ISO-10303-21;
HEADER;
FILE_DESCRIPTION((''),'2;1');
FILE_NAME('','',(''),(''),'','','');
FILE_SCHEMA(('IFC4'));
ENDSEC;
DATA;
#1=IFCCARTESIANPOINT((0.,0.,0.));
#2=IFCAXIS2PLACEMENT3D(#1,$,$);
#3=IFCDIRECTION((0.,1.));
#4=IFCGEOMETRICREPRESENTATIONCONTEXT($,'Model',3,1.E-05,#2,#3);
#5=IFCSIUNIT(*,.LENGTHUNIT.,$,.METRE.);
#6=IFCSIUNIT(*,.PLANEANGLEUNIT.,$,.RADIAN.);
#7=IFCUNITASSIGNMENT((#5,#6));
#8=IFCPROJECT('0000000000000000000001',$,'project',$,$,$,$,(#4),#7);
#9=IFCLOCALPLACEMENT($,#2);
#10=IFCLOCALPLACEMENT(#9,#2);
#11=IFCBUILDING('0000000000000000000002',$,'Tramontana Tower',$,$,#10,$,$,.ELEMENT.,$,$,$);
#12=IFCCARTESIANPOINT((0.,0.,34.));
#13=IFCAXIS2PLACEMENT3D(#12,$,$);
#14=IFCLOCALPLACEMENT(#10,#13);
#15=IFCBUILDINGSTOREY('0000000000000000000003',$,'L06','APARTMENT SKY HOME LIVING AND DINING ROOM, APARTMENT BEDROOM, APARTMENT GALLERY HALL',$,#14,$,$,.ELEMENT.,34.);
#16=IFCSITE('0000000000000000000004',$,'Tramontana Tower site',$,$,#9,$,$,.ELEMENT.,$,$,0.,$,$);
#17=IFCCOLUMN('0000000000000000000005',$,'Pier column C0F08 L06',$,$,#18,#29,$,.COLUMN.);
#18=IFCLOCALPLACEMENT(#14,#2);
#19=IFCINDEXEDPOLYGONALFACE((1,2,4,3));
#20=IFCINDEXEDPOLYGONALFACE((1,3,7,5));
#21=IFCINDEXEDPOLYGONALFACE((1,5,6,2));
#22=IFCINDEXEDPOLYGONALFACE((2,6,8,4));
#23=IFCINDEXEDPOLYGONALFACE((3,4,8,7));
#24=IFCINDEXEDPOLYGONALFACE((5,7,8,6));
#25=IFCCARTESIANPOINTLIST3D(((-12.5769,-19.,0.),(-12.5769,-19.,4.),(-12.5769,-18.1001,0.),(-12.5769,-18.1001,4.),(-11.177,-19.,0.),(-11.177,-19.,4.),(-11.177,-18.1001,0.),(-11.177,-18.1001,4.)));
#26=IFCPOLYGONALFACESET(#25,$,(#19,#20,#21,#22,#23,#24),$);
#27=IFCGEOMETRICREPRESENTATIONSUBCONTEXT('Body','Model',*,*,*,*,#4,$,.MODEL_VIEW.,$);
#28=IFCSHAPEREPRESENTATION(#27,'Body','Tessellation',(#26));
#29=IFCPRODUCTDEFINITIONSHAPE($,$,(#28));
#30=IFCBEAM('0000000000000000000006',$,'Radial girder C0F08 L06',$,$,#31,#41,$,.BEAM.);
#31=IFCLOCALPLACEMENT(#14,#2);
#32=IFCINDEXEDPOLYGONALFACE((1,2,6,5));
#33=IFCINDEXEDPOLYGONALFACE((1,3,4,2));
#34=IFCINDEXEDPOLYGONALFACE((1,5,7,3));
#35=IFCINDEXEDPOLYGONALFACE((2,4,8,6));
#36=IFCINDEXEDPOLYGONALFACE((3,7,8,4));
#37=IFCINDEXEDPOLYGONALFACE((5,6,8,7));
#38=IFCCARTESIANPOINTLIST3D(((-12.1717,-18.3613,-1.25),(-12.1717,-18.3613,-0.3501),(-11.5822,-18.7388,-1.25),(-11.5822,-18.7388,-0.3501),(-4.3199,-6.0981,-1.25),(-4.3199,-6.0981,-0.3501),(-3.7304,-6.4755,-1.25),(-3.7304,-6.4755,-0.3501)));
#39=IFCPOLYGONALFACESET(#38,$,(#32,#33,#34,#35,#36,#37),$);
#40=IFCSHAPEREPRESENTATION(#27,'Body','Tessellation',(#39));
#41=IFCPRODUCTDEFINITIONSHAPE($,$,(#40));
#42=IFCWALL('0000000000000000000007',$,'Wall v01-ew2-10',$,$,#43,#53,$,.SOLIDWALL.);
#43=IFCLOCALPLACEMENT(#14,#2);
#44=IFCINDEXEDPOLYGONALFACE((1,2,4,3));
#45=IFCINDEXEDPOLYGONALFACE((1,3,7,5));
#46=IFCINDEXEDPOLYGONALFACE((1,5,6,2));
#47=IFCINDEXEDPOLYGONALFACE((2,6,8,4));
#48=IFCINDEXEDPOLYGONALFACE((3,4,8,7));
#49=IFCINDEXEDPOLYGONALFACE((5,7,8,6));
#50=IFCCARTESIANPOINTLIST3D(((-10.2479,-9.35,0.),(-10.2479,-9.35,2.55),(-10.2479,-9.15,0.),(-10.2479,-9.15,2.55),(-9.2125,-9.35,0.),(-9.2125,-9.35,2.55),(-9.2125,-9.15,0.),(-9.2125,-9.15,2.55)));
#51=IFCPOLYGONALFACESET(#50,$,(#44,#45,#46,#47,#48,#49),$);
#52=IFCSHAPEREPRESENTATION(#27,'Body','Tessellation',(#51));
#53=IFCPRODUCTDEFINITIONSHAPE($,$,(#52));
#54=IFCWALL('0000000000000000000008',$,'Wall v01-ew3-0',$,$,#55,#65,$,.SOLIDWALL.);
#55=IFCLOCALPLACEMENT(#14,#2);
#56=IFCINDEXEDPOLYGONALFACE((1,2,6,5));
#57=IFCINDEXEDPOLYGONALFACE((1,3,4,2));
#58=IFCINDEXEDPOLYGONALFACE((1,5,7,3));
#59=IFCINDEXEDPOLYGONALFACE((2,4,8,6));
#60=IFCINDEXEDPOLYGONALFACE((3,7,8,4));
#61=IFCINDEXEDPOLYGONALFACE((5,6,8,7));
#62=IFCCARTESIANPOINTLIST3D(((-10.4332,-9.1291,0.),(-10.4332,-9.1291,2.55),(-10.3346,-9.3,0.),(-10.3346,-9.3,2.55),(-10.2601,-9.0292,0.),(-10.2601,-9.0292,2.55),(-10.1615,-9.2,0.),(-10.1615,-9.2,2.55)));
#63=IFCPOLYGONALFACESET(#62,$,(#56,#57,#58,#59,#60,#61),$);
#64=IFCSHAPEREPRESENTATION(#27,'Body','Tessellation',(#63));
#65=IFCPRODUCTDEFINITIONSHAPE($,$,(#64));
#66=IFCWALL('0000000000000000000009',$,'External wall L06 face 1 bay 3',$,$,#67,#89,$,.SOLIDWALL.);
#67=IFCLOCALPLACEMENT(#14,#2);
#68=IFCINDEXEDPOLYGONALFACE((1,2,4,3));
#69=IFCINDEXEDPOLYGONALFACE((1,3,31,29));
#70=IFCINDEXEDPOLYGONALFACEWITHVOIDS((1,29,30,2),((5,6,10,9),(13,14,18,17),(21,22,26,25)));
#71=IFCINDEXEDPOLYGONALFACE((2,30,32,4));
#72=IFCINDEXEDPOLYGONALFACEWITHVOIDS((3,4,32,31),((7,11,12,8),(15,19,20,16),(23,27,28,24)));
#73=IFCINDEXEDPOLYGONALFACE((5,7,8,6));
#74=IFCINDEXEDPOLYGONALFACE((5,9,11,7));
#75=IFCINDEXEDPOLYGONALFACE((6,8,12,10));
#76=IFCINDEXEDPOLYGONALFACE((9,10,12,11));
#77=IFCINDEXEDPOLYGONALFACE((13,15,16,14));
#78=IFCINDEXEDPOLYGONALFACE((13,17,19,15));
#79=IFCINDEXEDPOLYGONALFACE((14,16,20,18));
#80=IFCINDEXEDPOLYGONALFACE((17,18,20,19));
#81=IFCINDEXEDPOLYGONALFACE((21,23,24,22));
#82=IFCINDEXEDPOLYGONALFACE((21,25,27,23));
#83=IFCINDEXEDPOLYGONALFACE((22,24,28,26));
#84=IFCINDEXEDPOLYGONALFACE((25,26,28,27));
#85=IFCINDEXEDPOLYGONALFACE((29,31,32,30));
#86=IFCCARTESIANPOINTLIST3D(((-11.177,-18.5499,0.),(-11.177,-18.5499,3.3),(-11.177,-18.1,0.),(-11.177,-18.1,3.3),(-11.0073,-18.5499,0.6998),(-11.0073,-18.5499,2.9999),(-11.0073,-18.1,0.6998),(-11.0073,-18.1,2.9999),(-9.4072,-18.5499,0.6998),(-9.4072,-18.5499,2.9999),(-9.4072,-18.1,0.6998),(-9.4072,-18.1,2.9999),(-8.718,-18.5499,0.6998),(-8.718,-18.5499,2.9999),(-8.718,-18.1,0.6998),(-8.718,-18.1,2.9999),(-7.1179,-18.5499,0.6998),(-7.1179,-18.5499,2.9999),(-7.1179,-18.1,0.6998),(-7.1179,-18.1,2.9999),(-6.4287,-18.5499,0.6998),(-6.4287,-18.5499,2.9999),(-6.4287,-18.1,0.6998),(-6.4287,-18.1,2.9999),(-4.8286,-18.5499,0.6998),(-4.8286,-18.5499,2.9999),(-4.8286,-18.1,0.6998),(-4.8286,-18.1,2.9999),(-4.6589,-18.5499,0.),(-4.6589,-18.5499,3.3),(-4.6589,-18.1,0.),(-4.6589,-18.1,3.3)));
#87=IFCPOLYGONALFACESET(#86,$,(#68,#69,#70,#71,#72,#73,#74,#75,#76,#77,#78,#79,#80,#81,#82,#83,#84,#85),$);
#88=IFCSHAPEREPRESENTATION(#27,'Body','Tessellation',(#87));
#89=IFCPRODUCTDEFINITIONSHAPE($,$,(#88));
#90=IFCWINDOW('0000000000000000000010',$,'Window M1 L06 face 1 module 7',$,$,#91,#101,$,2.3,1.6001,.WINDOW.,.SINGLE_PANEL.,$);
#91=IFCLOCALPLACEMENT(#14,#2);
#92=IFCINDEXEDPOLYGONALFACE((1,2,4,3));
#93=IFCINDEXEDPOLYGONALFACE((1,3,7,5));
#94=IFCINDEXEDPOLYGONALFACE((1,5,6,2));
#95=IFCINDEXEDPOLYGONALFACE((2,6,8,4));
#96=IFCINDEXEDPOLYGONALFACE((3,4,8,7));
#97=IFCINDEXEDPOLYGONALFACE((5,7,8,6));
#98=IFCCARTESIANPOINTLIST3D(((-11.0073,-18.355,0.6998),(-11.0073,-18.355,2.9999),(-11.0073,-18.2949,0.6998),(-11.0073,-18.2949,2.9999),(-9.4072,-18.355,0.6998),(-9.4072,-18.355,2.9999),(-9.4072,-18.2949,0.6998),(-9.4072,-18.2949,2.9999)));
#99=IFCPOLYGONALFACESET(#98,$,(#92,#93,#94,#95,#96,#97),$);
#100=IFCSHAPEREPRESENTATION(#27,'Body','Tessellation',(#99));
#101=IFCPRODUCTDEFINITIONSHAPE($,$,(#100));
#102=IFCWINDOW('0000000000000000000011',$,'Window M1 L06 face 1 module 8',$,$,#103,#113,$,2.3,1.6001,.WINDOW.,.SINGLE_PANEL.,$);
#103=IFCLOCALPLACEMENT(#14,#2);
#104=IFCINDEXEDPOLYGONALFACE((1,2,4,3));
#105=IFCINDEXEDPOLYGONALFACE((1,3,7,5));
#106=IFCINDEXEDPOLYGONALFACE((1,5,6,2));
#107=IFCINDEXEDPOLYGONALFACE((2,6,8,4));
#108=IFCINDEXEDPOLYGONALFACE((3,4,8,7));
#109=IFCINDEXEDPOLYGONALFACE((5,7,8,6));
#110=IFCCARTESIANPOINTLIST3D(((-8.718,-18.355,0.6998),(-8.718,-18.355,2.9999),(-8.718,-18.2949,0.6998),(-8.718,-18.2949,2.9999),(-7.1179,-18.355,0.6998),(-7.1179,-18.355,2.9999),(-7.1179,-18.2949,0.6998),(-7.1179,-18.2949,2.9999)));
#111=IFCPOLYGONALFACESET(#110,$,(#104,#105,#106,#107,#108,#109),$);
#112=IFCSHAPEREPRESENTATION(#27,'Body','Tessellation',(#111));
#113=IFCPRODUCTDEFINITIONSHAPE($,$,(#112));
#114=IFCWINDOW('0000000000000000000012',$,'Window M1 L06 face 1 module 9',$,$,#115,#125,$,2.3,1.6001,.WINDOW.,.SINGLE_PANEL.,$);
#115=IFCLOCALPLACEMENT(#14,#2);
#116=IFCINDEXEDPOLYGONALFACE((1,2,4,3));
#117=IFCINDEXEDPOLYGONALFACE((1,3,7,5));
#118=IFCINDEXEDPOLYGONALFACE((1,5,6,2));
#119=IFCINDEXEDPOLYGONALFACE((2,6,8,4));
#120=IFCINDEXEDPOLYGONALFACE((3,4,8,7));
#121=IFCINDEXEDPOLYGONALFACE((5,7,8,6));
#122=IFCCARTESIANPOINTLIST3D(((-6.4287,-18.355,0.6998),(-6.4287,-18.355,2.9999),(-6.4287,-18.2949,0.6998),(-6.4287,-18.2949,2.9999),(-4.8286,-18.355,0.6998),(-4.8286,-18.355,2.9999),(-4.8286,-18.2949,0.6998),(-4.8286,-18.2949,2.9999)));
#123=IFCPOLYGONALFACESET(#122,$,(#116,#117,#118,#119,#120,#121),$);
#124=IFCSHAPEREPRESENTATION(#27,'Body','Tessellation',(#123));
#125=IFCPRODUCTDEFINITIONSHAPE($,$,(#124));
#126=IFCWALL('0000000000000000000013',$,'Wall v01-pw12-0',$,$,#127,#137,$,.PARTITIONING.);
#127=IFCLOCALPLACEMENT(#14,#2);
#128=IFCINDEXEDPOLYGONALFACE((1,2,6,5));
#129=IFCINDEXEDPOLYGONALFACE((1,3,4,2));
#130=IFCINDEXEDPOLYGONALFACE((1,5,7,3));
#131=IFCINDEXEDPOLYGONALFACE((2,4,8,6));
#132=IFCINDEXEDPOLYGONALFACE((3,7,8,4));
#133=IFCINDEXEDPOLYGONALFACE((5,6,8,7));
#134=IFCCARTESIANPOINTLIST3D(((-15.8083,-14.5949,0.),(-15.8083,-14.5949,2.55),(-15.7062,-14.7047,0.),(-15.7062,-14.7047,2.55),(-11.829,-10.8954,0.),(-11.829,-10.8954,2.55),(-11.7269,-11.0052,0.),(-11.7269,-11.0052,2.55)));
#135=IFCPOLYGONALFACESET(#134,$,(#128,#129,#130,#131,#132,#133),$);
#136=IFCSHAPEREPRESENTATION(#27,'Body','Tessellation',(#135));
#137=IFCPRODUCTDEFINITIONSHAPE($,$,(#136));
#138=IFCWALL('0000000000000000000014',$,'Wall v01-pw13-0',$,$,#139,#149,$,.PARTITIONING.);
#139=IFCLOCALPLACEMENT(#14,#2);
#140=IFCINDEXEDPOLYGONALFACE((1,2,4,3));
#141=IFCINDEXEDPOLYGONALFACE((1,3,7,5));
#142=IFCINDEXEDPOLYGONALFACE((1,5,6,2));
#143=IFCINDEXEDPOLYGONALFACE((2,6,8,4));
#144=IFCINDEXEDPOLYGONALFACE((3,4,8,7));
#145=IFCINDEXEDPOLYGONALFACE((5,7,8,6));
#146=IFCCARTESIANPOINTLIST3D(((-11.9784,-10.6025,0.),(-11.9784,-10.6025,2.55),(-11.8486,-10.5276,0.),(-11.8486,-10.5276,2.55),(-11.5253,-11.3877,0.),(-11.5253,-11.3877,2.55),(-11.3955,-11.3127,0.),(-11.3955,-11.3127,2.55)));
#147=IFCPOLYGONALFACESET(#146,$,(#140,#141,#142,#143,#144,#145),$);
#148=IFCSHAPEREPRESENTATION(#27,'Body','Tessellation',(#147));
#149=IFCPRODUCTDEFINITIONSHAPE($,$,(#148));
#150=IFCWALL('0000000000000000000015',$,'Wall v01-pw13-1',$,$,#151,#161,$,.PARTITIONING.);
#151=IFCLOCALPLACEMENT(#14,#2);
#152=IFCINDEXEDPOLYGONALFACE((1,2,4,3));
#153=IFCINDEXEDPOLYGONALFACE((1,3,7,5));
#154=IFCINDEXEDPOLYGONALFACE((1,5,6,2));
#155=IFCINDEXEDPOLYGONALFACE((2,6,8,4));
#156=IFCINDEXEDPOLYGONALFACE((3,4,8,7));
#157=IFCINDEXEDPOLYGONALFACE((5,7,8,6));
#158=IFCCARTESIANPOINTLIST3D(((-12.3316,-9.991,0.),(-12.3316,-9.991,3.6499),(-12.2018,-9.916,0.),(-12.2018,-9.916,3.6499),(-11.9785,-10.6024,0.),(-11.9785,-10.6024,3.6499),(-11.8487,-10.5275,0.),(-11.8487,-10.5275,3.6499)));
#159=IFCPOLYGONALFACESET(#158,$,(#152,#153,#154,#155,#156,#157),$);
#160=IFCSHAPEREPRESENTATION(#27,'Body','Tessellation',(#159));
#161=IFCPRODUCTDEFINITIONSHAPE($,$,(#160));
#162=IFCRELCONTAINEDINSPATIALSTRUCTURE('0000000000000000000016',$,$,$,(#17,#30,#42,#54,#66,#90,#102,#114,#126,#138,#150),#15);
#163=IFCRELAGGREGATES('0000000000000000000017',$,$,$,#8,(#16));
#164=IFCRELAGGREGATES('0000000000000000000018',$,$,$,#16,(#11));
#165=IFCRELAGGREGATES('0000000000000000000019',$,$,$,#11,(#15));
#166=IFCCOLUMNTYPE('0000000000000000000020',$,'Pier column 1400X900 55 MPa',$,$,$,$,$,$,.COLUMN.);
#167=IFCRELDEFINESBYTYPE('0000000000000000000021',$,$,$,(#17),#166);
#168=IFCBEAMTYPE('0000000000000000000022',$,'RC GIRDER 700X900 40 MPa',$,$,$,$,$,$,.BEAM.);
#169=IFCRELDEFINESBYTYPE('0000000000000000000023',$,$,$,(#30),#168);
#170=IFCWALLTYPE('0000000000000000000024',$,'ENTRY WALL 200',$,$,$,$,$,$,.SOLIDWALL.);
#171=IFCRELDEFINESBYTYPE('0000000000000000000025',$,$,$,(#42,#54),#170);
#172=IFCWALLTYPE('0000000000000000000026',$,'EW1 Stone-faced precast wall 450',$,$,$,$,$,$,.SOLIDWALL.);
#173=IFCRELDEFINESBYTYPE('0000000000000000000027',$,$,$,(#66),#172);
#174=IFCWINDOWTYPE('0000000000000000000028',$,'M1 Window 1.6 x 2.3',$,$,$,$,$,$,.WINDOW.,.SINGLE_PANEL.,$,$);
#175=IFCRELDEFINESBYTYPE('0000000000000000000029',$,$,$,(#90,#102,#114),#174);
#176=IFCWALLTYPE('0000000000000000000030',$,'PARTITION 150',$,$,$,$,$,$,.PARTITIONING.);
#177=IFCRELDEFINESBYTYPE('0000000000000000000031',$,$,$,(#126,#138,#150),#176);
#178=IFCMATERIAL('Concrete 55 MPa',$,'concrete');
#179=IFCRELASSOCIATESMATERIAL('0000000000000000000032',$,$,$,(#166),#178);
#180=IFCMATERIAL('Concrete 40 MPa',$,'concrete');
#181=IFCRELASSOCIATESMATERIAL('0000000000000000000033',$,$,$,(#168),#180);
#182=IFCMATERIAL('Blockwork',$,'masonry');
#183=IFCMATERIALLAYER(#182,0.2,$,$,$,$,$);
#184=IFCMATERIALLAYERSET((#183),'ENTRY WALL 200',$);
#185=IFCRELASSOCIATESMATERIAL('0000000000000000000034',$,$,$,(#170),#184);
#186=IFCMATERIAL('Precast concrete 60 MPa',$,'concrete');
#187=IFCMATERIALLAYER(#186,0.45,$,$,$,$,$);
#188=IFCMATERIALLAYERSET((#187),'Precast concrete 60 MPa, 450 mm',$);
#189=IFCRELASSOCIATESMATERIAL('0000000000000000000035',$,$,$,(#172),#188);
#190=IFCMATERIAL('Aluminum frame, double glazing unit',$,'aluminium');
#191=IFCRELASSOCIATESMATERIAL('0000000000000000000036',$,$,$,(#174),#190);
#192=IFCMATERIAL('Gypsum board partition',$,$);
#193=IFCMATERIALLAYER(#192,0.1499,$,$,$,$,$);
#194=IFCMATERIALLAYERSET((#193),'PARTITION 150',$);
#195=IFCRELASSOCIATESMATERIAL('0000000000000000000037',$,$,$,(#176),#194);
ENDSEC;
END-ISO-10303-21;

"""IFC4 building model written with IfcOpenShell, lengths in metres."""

from ifc_helpers import new_model, si_unit, direction, frame, frame_2d, origin, origin_2d, place, context, subcontext, project, spatial, rectangle, extrude, material, layer, layer_set, material_profile, profile_set, type_object, element, fill, save


model = new_model("IFC4")

# Units and contexts
model_context = context("Model", 3, precision=1e-05, world=origin(), true_north=direction((0.0, 1.0)))
body_context = subcontext(model_context, "Body", "Model", "MODEL_VIEW")
ifc_project = project(units=[si_unit("LENGTHUNIT", "METRE"), si_unit("PLANEANGLEUNIT", "RADIAN")], contexts=[model_context])

# Site, building, storey
site_placement = place(None, origin())
site = spatial("IfcSite", under=ifc_project, at=site_placement, Name="Tramontana Tower site", CompositionType="ELEMENT", RefElevation=0.0)
building_placement = place(site_placement, origin())
building = spatial("IfcBuilding", under=site, at=building_placement, Name="Tramontana Tower", CompositionType="ELEMENT")
storey_placement = place(building_placement, frame((0.0, 0.0, 34.0)))
storey = spatial("IfcBuildingStorey", under=building, at=storey_placement, Name="L06", Description="APARTMENT SKY HOME LIVING AND DINING ROOM, APARTMENT BEDROOM, APARTMENT GALLERY HALL", CompositionType="ELEMENT", Elevation=34.0)

# Column
ifc_material_1 = material(Name="Concrete 55 MPa", Category="concrete")
ifc_material_profile_1 = material_profile(ifc_material_1, rectangle(XDim=1.3999, YDim=0.8999, at=origin_2d()), Name="Pier column 1400X900 55 MPa")
ifc_profile_set_1 = profile_set([ifc_material_profile_1], Name="Concrete 55 MPa")
column_type = type_object("IfcColumnType", Name="Pier column 1400X900 55 MPa", PredefinedType="COLUMN", material=ifc_profile_set_1)
column_placement = place(storey_placement, frame((-11.877, -18.55, 0.0), z_axis=(0.0, 0.0, 1.0), x_axis=(1.0, 0.0, 0.0)))
element("IfcColumn", 1, at=column_placement, inside=storey, type_object=column_type, Name="Pier column C0F08 L06", PredefinedType="COLUMN", context=body_context, shape_type="SweptSolid", body=[
    extrude(rectangle(XDim=1.3999, YDim=0.8999, at=origin_2d()), origin(), (0.0, 0.0, 1.0), 4.0),
])

# Beam
ifc_material_2 = material(Name="Concrete 40 MPa", Category="concrete")
ifc_material_profile_2 = material_profile(ifc_material_2, rectangle(XDim=0.7, YDim=0.8999, at=origin_2d()), Name="RC GIRDER 700X900 40 MPa")
ifc_profile_set_2 = profile_set([ifc_material_profile_2], Name="Concrete 40 MPa")
beam_type = type_object("IfcBeamType", Name="RC GIRDER 700X900 40 MPa", PredefinedType="BEAM", material=ifc_profile_set_2)
beam_placement = place(storey_placement, frame((-11.877, -18.55, -0.8), z_axis=(0.539218, 0.842166, 0.0), x_axis=(-0.842166, 0.539218, 0.0)))
element("IfcBeam", 2, at=beam_placement, inside=storey, type_object=beam_type, Name="Radial girder C0F08 L06", PredefinedType="BEAM", context=body_context, shape_type="SweptSolid", body=[
    extrude(rectangle(XDim=0.7, YDim=0.8999, at=origin_2d()), origin(), (0.0, 0.0, 1.0), 14.5615),
])

# Walls
ifc_material_3 = material(Name="Blockwork", Category="masonry")
ifc_layer_1 = layer(ifc_material_3, 0.2)
ifc_layer_set_1 = layer_set([ifc_layer_1], Name="ENTRY WALL 200")
wall_type_1 = type_object("IfcWallType", Name="ENTRY WALL 200", PredefinedType="SOLIDWALL", material=ifc_layer_set_1)
wall_1_placement = place(storey_placement, frame((-9.2126, -9.25, 0.0), z_axis=(0.0, 0.0, 1.0), x_axis=(-1.0, 0.0, 0.0)))
element("IfcWall", 3, at=wall_1_placement, inside=storey, type_object=wall_type_1, Name="Wall v01-ew2-10", PredefinedType="SOLIDWALL", context=body_context, shape_type="SweptSolid", body=[
    extrude(rectangle(XDim=1.0354, YDim=0.2, at=frame_2d((0.5176, 0.0))), origin(), (0.0, 0.0, 1.0), 2.55),
])
wall_2_placement = place(storey_placement, frame((-10.248, -9.25, 0.0), z_axis=(0.0, 0.0, 1.0), x_axis=(-0.499865, 0.866103, 0.0)))
element("IfcWall", 4, at=wall_2_placement, inside=storey, type_object=wall_type_1, Name="Wall v01-ew3-0", PredefinedType="SOLIDWALL", context=body_context, shape_type="SweptSolid", body=[
    extrude(rectangle(XDim=0.1973, YDim=0.2, at=frame_2d((0.0986, 0.0))), origin(), (0.0, 0.0, 1.0), 2.55),
])

# Wall, openings, windows
ifc_material_4 = material(Name="Precast concrete 60 MPa", Category="concrete")
ifc_layer_2 = layer(ifc_material_4, 0.45)
ifc_layer_set_2 = layer_set([ifc_layer_2], Name="Precast concrete 60 MPa, 450 mm")
wall_type_2 = type_object("IfcWallType", Name="EW1 Stone-faced precast wall 450", PredefinedType="SOLIDWALL", material=ifc_layer_set_2)
wall_3_placement = place(storey_placement, frame((-11.177, -18.325, 0.0), z_axis=(0.0, 0.0, 1.0), x_axis=(1.0, 0.0, 0.0)))
wall_3 = element("IfcWall", 5, at=wall_3_placement, inside=storey, type_object=wall_type_2, Name="External wall L06 face 1 bay 3", PredefinedType="SOLIDWALL", context=body_context, shape_type="SweptSolid", body=[
    extrude(rectangle(XDim=6.5181, YDim=0.45, at=frame_2d((3.259, 0.0))), origin(), (0.0, 0.0, 1.0), 3.3),
])
opening_1_placement = place(wall_3_placement, frame((0.1697, 0.0, 0.7)))
opening_1 = element("IfcOpeningElement", 6, at=opening_1_placement, cuts=wall_3, PredefinedType="OPENING", context=body_context, shape_type="SweptSolid", body=[
    extrude(rectangle(XDim=1.6001, YDim=2.3, at=frame_2d((0.8, 1.1499))), frame((0.0, 0.2349, 0.0), z_axis=(0.0, -1.0, 0.0), x_axis=(1.0, 0.0, 0.0)), (0.0, 0.0, 1.0), 0.47),
])
opening_2_placement = place(wall_3_placement, frame((2.459, 0.0, 0.7)))
opening_2 = element("IfcOpeningElement", 7, at=opening_2_placement, cuts=wall_3, PredefinedType="OPENING", context=body_context, shape_type="SweptSolid", body=[
    extrude(rectangle(XDim=1.6001, YDim=2.3, at=frame_2d((0.8, 1.1499))), frame((0.0, 0.2349, 0.0), z_axis=(0.0, -1.0, 0.0), x_axis=(1.0, 0.0, 0.0)), (0.0, 0.0, 1.0), 0.47),
])
opening_3_placement = place(wall_3_placement, frame((4.7483, 0.0, 0.7)))
opening_3 = element("IfcOpeningElement", 8, at=opening_3_placement, cuts=wall_3, PredefinedType="OPENING", context=body_context, shape_type="SweptSolid", body=[
    extrude(rectangle(XDim=1.6001, YDim=2.3, at=frame_2d((0.8, 1.1499))), frame((0.0, 0.2349, 0.0), z_axis=(0.0, -1.0, 0.0), x_axis=(1.0, 0.0, 0.0)), (0.0, 0.0, 1.0), 0.47),
])
ifc_material_5 = material(Name="Aluminum frame, double glazing unit", Category="aluminium")
window_type = type_object("IfcWindowType", Name="M1 Window 1.6 x 2.3", PartitioningType="SINGLE_PANEL", PredefinedType="WINDOW", material=ifc_material_5)
window_1_placement = place(opening_1_placement, origin())
window_1 = element("IfcWindow", 9, at=window_1_placement, inside=storey, type_object=window_type, Name="Window M1 L06 face 1 module 7", OverallHeight=2.3, OverallWidth=1.6001, PartitioningType="SINGLE_PANEL", PredefinedType="WINDOW", context=body_context, shape_type="SweptSolid", body=[
    extrude(rectangle(XDim=1.6001, YDim=2.3, at=frame_2d((0.8, 1.1499))), frame((0.0, 0.03, 0.0), z_axis=(0.0, -1.0, 0.0), x_axis=(1.0, 0.0, 0.0)), (0.0, 0.0, 1.0), 0.0601),
])
fill(opening_1, window_1)
window_2_placement = place(opening_2_placement, origin())
window_2 = element("IfcWindow", 10, at=window_2_placement, inside=storey, type_object=window_type, Name="Window M1 L06 face 1 module 8", OverallHeight=2.3, OverallWidth=1.6001, PartitioningType="SINGLE_PANEL", PredefinedType="WINDOW", context=body_context, shape_type="SweptSolid", body=[
    extrude(rectangle(XDim=1.6001, YDim=2.3, at=frame_2d((0.8, 1.1499))), frame((0.0, 0.03, 0.0), z_axis=(0.0, -1.0, 0.0), x_axis=(1.0, 0.0, 0.0)), (0.0, 0.0, 1.0), 0.0601),
])
fill(opening_2, window_2)
window_3_placement = place(opening_3_placement, origin())
window_3 = element("IfcWindow", 11, at=window_3_placement, inside=storey, type_object=window_type, Name="Window M1 L06 face 1 module 9", OverallHeight=2.3, OverallWidth=1.6001, PartitioningType="SINGLE_PANEL", PredefinedType="WINDOW", context=body_context, shape_type="SweptSolid", body=[
    extrude(rectangle(XDim=1.6001, YDim=2.3, at=frame_2d((0.8, 1.1499))), frame((0.0, 0.03, 0.0), z_axis=(0.0, -1.0, 0.0), x_axis=(1.0, 0.0, 0.0)), (0.0, 0.0, 1.0), 0.0601),
])
fill(opening_3, window_3)

# Shared definitions
ifc_material_6 = material(Name="Gypsum board partition")
ifc_layer_3 = layer(ifc_material_6, 0.1499)
ifc_layer_set_3 = layer_set([ifc_layer_3], Name="PARTITION 150")
wall_type_3 = type_object("IfcWallType", Name="PARTITION 150", PredefinedType="PARTITIONING", material=ifc_layer_set_3)

# Walls
wall_4_placement = place(storey_placement, frame((-11.7778, -10.9502, 0.0), z_axis=(0.0, 0.0, 1.0), x_axis=(-0.732385, -0.68089, 0.0)))
element("IfcWall", 12, at=wall_4_placement, inside=storey, type_object=wall_type_3, Name="Wall v01-pw12-0", PredefinedType="PARTITIONING", context=body_context, shape_type="SweptSolid", body=[
    extrude(rectangle(XDim=5.4333, YDim=0.1499, at=frame_2d((2.7168, 0.0))), origin(), (0.0, 0.0, 1.0), 2.55),
])
wall_5_placement = place(storey_placement, frame((-11.4604, -11.3501, 0.0), z_axis=(0.0, 0.0, 1.0), x_axis=(-0.499847, 0.866114, 0.0)))
element("IfcWall", 13, at=wall_5_placement, inside=storey, type_object=wall_type_3, Name="Wall v01-pw13-0", PredefinedType="PARTITIONING", context=body_context, shape_type="SweptSolid", body=[
    extrude(rectangle(XDim=0.9065, YDim=0.1499, at=frame_2d((0.4531, 0.0))), origin(), (0.0, 0.0, 1.0), 2.55),
])
wall_6_placement = place(storey_placement, frame((-11.9136, -10.5649, 0.0), z_axis=(0.0, 0.0, 1.0), x_axis=(-0.500082, 0.865978, 0.0)))
element("IfcWall", 14, at=wall_6_placement, inside=storey, type_object=wall_type_3, Name="Wall v01-pw13-1", PredefinedType="PARTITIONING", context=body_context, shape_type="SweptSolid", body=[
    extrude(rectangle(XDim=0.7061, YDim=0.1499, at=frame_2d((0.353, 0.0))), origin(), (0.0, 0.0, 1.0), 3.6499),
])

save(model, "model.ifc")
